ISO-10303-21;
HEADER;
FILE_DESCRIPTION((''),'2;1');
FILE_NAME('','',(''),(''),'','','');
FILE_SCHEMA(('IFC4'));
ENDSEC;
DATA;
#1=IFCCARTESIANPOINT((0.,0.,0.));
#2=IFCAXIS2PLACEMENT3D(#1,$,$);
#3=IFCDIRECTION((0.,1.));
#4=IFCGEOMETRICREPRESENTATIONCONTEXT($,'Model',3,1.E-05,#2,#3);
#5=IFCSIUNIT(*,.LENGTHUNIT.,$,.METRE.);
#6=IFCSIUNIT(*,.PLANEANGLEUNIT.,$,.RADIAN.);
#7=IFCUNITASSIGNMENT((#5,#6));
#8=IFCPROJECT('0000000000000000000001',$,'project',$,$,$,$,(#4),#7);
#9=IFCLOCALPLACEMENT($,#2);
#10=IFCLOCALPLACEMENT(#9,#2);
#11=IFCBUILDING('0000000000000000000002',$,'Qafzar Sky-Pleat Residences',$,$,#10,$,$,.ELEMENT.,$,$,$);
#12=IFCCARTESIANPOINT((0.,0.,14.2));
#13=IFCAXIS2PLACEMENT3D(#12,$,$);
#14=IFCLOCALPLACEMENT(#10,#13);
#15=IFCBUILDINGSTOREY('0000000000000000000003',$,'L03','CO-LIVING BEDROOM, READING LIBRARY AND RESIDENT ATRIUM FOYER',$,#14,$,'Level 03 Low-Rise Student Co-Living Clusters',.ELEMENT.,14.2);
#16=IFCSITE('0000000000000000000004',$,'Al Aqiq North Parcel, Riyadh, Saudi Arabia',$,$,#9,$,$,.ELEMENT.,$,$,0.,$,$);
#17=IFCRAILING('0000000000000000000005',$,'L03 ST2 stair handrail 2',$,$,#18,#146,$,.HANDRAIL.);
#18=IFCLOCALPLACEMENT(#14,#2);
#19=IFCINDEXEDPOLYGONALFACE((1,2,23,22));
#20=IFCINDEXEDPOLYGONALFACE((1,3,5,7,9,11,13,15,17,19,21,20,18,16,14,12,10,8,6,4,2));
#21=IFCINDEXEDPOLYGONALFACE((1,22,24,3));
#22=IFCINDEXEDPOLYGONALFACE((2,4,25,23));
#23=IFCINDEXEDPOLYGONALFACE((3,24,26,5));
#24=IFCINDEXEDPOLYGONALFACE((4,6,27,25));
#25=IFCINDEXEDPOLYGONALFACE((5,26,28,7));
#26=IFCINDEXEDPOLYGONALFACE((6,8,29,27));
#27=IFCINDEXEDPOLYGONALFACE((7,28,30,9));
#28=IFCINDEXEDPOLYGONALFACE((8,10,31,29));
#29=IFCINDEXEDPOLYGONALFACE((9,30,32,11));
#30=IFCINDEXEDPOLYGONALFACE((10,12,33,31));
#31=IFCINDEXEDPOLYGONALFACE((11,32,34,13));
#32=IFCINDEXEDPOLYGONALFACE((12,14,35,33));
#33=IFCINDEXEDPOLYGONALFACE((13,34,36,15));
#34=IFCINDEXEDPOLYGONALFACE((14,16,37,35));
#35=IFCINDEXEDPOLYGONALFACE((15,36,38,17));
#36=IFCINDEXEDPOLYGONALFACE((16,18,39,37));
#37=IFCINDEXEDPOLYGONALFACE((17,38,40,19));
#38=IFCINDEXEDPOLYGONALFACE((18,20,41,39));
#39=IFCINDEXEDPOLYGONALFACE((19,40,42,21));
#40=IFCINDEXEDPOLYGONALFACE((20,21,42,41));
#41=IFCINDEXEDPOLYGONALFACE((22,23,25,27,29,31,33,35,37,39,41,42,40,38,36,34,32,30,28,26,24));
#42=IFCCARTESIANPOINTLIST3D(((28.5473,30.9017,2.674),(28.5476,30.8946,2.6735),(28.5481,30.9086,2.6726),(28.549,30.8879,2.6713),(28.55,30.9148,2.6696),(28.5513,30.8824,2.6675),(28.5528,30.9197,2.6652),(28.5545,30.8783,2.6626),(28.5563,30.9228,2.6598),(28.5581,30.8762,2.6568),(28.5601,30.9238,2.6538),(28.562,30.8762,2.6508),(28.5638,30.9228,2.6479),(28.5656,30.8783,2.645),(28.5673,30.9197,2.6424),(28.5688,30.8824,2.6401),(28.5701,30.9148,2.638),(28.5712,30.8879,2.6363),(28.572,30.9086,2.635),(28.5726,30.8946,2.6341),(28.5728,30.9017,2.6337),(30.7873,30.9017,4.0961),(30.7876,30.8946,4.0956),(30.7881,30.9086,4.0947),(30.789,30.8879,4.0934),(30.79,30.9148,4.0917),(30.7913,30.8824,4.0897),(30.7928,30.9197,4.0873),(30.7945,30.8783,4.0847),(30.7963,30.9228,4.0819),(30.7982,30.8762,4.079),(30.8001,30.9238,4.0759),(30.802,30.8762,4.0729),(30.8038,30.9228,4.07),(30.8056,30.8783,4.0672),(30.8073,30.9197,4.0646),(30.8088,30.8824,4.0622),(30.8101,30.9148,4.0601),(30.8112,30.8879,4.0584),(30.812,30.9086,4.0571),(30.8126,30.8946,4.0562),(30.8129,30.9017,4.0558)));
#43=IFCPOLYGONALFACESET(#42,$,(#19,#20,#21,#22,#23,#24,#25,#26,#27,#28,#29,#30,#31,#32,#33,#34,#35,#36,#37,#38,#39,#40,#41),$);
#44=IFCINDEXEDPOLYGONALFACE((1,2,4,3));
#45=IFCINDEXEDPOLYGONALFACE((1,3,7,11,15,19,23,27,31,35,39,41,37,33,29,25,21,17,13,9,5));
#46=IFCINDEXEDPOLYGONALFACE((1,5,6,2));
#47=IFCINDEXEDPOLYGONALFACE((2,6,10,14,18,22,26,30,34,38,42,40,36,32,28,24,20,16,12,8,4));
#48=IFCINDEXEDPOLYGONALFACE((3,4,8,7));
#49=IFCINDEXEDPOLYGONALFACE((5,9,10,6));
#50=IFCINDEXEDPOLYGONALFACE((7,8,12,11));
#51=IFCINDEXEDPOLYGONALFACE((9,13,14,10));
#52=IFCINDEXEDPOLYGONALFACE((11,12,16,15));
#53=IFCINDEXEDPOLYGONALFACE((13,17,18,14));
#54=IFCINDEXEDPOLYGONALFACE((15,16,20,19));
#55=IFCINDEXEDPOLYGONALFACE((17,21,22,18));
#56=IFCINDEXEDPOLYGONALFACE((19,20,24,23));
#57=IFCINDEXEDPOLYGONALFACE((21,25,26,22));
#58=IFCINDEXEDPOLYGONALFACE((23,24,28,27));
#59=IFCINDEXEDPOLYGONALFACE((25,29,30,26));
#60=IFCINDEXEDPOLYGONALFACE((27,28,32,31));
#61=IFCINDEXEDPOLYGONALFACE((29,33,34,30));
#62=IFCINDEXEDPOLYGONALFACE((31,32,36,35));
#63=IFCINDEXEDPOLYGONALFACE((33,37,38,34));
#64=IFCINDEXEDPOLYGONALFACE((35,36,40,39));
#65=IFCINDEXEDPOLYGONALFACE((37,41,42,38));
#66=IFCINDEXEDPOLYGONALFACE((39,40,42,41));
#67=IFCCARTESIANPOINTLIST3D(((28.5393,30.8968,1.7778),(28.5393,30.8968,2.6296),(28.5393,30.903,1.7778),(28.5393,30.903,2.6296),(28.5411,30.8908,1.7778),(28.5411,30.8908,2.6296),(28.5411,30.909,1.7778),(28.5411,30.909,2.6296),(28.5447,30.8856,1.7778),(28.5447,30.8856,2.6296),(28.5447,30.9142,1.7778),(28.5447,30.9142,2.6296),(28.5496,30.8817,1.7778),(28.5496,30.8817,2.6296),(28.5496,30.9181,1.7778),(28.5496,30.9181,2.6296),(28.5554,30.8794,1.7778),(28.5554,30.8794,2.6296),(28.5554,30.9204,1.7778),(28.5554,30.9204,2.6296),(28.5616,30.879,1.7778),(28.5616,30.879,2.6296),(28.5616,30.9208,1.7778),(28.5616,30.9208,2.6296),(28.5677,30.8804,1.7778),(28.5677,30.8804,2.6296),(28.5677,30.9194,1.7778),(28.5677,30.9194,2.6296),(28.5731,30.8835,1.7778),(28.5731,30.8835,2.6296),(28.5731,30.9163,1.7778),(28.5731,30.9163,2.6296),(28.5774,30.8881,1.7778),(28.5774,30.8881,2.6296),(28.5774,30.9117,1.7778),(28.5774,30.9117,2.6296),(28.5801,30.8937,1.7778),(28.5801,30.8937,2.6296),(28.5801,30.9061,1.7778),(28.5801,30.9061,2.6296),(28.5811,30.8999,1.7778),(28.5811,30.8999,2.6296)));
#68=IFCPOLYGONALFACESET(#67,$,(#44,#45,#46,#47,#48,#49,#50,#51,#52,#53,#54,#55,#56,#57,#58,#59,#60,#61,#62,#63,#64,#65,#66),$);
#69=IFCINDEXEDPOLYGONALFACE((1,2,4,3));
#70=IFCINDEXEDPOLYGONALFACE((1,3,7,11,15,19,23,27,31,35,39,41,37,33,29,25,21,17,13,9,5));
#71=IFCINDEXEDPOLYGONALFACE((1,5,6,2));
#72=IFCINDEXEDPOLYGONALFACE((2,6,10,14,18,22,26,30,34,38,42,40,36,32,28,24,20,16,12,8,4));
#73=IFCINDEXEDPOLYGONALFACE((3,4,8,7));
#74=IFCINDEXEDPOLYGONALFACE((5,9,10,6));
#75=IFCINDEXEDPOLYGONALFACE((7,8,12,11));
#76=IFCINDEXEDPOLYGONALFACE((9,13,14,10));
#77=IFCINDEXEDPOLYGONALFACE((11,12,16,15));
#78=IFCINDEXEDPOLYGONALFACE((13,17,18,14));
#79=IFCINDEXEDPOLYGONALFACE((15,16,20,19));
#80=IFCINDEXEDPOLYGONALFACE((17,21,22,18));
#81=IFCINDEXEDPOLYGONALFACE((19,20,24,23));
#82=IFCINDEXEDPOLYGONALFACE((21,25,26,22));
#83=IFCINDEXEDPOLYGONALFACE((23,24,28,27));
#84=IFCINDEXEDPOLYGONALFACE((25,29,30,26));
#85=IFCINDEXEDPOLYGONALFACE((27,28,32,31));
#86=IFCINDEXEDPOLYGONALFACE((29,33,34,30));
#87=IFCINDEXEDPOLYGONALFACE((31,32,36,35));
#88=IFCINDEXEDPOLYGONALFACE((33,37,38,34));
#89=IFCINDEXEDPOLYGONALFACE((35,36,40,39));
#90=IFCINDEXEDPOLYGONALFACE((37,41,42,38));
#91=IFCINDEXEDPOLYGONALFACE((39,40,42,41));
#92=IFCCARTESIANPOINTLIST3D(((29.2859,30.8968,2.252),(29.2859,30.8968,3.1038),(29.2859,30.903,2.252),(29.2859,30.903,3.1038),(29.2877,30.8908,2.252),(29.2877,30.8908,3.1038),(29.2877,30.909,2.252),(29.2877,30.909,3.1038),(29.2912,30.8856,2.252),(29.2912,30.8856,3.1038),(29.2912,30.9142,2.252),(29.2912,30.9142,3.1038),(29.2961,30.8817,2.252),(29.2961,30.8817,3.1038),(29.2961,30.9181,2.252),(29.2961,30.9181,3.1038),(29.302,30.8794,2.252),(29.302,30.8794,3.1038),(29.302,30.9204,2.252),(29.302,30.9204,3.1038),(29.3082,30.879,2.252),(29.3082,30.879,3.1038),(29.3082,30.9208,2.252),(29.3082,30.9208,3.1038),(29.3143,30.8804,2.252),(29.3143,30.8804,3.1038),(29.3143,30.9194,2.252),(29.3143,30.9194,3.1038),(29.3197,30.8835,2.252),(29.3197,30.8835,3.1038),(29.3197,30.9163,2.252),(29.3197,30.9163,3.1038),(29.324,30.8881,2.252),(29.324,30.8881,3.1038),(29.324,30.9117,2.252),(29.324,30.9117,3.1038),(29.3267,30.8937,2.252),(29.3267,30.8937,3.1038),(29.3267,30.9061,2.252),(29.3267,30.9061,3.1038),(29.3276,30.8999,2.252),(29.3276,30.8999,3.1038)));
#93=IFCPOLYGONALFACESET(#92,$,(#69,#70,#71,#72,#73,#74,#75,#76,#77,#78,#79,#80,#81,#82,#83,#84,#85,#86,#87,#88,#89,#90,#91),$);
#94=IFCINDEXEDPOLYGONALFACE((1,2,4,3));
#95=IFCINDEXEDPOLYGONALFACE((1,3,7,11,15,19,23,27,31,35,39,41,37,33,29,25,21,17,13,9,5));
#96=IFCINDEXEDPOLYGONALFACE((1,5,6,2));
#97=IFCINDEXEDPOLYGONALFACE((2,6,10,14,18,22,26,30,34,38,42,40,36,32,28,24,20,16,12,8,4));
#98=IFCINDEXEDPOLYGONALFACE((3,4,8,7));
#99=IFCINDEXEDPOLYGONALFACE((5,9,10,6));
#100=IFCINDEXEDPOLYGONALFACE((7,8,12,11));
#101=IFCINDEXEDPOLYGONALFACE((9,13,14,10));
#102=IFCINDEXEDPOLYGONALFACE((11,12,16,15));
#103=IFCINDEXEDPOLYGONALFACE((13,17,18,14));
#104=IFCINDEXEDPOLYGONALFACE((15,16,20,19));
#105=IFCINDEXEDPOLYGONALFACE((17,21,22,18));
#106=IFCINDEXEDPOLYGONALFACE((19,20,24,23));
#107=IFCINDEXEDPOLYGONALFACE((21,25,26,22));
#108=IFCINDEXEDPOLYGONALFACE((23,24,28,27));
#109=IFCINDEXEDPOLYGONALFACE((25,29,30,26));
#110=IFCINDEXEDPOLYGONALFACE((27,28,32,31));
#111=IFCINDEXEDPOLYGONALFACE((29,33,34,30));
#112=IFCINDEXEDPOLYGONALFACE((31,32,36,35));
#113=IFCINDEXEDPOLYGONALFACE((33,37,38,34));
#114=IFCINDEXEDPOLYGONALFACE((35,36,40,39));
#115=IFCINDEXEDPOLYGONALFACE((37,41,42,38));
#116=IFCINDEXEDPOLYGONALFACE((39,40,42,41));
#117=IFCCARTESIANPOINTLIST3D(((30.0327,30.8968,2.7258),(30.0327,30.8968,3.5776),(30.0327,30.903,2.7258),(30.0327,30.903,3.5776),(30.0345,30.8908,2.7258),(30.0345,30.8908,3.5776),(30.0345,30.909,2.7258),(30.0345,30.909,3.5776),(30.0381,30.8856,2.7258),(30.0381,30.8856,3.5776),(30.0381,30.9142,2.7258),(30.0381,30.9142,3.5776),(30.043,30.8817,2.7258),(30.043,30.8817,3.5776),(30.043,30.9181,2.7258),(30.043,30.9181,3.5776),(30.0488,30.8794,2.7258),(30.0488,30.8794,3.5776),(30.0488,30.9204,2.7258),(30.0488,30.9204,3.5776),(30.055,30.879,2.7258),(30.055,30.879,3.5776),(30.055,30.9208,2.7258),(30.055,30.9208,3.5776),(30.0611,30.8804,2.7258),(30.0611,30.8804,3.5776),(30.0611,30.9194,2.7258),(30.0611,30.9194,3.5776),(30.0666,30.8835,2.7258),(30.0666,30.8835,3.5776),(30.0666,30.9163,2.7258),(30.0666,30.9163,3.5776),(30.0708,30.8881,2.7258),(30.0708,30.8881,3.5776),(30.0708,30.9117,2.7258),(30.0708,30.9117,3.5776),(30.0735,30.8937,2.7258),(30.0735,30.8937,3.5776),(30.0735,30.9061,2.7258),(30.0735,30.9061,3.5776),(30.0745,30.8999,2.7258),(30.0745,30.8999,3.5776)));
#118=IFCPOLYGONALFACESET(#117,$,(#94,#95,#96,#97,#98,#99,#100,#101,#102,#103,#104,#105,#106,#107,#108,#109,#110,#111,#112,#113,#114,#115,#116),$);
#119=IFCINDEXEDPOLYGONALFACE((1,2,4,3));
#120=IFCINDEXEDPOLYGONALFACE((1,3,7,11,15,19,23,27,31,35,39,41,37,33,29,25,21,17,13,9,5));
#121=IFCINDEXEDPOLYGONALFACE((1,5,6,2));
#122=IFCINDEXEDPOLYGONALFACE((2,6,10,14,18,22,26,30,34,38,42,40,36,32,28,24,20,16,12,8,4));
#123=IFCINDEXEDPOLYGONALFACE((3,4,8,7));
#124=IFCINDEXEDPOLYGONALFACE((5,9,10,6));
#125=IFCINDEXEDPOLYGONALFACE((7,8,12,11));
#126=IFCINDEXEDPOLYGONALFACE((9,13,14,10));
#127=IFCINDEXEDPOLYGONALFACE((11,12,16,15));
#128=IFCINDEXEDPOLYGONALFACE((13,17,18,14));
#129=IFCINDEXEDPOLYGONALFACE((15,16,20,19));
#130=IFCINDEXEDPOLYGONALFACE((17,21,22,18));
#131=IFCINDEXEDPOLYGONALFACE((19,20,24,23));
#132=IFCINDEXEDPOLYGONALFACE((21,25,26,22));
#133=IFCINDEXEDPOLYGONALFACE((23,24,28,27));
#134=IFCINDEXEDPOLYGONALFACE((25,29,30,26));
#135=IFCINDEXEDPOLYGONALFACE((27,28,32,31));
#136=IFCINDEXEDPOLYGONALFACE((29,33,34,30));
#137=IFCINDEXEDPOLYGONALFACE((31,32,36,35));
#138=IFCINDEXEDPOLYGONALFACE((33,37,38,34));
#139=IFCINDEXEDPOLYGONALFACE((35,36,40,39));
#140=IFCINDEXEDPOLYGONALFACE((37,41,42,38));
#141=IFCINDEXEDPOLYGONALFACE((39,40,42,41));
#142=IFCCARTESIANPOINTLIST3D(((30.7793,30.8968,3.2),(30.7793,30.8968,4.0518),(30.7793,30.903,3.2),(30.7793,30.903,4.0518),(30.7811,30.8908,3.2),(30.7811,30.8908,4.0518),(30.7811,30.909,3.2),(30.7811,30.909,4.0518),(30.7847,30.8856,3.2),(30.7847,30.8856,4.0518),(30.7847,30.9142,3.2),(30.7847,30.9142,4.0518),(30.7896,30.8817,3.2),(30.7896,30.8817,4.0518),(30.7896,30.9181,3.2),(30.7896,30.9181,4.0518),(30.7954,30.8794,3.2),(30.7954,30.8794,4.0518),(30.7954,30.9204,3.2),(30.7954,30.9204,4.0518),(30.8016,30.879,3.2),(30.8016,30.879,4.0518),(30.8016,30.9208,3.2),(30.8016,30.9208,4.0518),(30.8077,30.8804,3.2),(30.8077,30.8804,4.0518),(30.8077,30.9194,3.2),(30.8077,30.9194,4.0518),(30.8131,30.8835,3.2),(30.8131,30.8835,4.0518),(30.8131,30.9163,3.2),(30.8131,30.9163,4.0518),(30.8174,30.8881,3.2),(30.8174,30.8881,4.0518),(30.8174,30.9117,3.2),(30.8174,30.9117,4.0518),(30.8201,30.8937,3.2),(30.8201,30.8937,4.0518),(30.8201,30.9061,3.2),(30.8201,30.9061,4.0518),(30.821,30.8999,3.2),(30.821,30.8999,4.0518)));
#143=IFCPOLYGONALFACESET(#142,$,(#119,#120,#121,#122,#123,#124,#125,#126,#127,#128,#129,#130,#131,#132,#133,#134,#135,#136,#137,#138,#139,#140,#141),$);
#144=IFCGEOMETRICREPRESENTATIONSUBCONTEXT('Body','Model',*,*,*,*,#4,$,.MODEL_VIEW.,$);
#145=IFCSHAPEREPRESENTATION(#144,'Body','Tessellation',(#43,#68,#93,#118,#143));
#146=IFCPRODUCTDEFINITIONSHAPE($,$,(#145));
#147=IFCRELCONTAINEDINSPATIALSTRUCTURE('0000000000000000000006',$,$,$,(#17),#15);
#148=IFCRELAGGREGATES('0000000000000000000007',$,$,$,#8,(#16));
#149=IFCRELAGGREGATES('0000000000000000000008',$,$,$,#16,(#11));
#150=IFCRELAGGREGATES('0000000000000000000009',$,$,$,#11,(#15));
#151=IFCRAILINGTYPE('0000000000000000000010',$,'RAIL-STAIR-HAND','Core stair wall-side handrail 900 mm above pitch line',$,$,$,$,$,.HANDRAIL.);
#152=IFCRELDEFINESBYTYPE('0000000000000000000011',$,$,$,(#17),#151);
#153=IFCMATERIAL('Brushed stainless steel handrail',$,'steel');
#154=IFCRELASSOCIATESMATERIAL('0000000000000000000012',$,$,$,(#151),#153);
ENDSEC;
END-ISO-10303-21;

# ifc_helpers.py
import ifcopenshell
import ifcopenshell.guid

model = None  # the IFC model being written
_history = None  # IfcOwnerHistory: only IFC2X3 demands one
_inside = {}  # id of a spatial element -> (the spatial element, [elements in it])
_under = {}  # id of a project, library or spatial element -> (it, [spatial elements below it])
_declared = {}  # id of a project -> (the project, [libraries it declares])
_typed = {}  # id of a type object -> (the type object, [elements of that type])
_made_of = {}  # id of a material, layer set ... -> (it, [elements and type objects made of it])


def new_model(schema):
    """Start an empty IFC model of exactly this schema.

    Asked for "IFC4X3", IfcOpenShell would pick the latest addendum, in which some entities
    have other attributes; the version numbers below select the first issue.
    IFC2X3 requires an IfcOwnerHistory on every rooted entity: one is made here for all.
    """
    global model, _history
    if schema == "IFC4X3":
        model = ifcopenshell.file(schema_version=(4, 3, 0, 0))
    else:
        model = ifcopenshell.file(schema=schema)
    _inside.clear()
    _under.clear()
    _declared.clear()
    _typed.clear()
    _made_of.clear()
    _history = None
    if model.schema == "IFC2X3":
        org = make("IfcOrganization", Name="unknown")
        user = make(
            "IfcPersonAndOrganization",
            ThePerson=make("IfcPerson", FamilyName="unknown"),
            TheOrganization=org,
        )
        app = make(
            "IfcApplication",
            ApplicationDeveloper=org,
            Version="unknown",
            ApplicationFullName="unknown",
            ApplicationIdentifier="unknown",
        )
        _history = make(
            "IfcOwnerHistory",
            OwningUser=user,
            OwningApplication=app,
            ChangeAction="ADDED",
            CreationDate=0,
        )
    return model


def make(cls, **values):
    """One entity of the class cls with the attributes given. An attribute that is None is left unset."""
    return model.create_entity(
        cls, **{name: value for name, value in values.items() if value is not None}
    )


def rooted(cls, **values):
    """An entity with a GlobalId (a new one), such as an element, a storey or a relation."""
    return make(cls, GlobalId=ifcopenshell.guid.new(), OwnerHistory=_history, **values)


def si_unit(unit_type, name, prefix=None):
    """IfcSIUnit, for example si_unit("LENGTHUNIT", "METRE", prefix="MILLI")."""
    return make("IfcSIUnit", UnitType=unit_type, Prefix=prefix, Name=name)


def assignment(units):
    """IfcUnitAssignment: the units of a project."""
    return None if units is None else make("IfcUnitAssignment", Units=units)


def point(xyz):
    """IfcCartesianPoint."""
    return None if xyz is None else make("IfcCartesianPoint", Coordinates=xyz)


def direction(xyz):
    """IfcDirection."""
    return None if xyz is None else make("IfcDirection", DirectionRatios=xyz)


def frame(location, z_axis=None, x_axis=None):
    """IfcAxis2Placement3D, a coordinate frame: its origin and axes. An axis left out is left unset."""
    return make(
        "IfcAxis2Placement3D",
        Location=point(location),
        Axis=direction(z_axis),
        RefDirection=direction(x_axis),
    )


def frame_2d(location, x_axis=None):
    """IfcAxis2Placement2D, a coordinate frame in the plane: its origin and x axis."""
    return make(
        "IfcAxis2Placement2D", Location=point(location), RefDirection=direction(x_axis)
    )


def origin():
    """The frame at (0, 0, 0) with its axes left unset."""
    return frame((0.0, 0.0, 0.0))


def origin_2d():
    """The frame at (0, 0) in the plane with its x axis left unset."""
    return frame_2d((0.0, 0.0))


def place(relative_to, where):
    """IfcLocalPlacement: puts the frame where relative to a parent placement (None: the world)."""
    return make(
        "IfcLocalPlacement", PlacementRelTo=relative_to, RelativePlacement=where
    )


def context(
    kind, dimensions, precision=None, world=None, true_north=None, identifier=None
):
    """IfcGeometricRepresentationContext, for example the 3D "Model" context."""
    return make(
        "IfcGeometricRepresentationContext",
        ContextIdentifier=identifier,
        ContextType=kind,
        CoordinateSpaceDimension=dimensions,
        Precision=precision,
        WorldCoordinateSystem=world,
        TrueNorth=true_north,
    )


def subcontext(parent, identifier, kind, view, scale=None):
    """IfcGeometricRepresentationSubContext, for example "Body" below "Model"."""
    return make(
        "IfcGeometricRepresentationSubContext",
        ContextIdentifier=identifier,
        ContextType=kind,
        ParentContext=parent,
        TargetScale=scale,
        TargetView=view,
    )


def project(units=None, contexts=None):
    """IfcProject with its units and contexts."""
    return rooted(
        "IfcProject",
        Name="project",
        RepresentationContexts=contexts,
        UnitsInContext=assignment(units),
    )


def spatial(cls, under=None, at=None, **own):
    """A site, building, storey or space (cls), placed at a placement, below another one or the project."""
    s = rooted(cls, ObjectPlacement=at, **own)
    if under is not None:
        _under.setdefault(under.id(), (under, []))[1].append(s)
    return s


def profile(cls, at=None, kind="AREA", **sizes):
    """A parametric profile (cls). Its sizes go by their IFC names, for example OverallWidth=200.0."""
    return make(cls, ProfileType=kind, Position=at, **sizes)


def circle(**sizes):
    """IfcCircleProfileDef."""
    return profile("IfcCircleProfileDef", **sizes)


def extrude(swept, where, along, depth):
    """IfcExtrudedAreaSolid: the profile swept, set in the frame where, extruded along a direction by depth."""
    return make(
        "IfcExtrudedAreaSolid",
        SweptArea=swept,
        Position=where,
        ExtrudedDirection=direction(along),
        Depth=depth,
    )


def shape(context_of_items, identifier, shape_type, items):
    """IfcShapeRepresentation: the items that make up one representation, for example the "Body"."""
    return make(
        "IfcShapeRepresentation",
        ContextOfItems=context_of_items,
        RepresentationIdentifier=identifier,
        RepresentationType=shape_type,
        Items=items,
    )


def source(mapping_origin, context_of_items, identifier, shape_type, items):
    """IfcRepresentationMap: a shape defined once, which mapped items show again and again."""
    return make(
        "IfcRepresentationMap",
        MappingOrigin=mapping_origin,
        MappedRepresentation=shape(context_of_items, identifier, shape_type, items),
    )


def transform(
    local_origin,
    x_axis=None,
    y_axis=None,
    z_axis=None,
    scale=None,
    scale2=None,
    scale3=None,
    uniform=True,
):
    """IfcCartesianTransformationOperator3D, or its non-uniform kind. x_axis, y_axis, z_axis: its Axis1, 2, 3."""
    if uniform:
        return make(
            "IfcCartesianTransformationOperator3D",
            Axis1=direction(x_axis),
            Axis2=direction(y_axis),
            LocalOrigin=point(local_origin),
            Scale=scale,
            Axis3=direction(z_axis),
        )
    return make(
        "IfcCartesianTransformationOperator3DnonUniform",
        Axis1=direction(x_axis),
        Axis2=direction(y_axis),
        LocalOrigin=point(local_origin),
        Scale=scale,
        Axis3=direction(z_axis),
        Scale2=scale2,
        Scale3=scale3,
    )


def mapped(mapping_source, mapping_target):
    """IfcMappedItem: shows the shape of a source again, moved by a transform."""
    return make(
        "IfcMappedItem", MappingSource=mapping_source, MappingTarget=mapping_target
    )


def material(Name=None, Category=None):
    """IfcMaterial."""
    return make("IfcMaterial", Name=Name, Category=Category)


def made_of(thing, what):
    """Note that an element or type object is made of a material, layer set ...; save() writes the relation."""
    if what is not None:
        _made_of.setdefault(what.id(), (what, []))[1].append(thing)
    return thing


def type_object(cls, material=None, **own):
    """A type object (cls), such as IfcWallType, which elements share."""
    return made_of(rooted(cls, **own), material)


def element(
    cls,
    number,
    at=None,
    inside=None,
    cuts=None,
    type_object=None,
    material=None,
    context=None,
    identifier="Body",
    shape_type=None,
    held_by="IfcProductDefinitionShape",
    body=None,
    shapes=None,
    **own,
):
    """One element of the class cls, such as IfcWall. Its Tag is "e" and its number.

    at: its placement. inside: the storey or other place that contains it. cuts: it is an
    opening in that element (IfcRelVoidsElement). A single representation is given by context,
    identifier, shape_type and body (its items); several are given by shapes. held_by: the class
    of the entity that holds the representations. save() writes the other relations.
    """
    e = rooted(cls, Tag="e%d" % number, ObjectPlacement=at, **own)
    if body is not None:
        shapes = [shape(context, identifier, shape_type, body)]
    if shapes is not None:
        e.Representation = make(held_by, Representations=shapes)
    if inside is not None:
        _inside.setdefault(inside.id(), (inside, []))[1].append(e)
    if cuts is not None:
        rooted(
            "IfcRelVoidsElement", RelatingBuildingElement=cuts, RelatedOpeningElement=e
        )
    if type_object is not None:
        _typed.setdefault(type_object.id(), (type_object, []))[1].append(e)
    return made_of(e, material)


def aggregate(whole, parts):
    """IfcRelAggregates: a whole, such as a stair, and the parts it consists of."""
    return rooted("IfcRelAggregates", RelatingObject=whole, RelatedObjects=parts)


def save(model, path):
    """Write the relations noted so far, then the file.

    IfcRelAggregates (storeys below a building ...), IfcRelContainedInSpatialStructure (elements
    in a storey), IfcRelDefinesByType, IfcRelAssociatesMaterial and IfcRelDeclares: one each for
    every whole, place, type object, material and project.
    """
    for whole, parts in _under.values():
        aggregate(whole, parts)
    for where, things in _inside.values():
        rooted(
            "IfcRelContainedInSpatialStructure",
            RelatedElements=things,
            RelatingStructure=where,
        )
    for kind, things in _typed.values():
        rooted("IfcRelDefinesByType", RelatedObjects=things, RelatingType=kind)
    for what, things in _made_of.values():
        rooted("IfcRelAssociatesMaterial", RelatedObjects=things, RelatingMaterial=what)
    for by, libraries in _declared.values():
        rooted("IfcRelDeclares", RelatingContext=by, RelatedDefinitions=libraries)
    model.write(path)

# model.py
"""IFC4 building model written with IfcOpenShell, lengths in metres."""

from ifc_helpers import new_model, si_unit, direction, frame, origin, origin_2d, place, context, subcontext, project, spatial, circle, extrude, source, transform, mapped, material, type_object, element, save


model = new_model("IFC4")

# Units and contexts
model_context = context("Model", 3, precision=1e-05, world=origin(), true_north=direction((0.0, 1.0)))
body_context = subcontext(model_context, "Body", "Model", "MODEL_VIEW")
ifc_project = project(units=[si_unit("LENGTHUNIT", "METRE"), si_unit("PLANEANGLEUNIT", "RADIAN")], contexts=[model_context])

# Site, building, storey
site_placement = place(None, origin())
site = spatial("IfcSite", under=ifc_project, at=site_placement, Name="Al Aqiq North Parcel, Riyadh, Saudi Arabia", CompositionType="ELEMENT", RefElevation=0.0)
building_placement = place(site_placement, origin())
building = spatial("IfcBuilding", under=site, at=building_placement, Name="Qafzar Sky-Pleat Residences", CompositionType="ELEMENT")
storey_placement = place(building_placement, frame((0.0, 0.0, 14.2)))
storey = spatial("IfcBuildingStorey", under=building, at=storey_placement, Name="L03", Description="CO-LIVING BEDROOM, READING LIBRARY AND RESIDENT ATRIUM FOYER", LongName="Level 03 Low-Rise Student Co-Living Clusters", CompositionType="ELEMENT", Elevation=14.2)

# Railing
ifc_material_1 = material(Name="Brushed stainless steel handrail", Category="steel")
railing_type_1 = type_object("IfcRailingType", Name="RAIL-STAIR-HAND", Description="Core stair wall-side handrail 900 mm above pitch line", PredefinedType="HANDRAIL", material=ifc_material_1)
shared_shape_1 = source(origin(), body_context, "Body", "SweptSolid", [
    extrude(circle(Radius=0.0239, at=origin_2d()), frame((0.0, 0.0, 0.876), z_axis=(0.844229, 0.0, 0.535982), x_axis=(0.0, 1.0, 0.0)), (0.0, 0.0, 1.0), 2.6533),
    extrude(circle(Radius=0.021, at=origin_2d()), origin(), (0.0, 0.0, 1.0), 0.8518),
    extrude(circle(Radius=0.021, at=origin_2d()), frame((0.7466, 0.0, 0.4741)), (0.0, 0.0, 1.0), 0.8518),
    extrude(circle(Radius=0.021, at=origin_2d()), frame((1.4934, 0.0, 0.948)), (0.0, 0.0, 1.0), 0.8518),
    extrude(circle(Radius=0.021, at=origin_2d()), frame((2.24, 0.0, 1.4221)), (0.0, 0.0, 1.0), 0.8518),
])
railing_1_placement = place(storey_placement, frame((28.5601, 30.8999, 1.7778)))
element("IfcRailing", 1, at=railing_1_placement, inside=storey, type_object=railing_type_1, Name="L03 ST2 stair handrail 2", PredefinedType="HANDRAIL", context=body_context, shape_type="MappedRepresentation", body=[
    mapped(shared_shape_1, transform((0.0, 0.0, 0.0), x_axis=(1.0, 0.0, 0.0), y_axis=(0.0, 1.0, 0.0), z_axis=(0.0, 0.0, 1.0), scale=1.0)),
])

save(model, "model.ifc")
